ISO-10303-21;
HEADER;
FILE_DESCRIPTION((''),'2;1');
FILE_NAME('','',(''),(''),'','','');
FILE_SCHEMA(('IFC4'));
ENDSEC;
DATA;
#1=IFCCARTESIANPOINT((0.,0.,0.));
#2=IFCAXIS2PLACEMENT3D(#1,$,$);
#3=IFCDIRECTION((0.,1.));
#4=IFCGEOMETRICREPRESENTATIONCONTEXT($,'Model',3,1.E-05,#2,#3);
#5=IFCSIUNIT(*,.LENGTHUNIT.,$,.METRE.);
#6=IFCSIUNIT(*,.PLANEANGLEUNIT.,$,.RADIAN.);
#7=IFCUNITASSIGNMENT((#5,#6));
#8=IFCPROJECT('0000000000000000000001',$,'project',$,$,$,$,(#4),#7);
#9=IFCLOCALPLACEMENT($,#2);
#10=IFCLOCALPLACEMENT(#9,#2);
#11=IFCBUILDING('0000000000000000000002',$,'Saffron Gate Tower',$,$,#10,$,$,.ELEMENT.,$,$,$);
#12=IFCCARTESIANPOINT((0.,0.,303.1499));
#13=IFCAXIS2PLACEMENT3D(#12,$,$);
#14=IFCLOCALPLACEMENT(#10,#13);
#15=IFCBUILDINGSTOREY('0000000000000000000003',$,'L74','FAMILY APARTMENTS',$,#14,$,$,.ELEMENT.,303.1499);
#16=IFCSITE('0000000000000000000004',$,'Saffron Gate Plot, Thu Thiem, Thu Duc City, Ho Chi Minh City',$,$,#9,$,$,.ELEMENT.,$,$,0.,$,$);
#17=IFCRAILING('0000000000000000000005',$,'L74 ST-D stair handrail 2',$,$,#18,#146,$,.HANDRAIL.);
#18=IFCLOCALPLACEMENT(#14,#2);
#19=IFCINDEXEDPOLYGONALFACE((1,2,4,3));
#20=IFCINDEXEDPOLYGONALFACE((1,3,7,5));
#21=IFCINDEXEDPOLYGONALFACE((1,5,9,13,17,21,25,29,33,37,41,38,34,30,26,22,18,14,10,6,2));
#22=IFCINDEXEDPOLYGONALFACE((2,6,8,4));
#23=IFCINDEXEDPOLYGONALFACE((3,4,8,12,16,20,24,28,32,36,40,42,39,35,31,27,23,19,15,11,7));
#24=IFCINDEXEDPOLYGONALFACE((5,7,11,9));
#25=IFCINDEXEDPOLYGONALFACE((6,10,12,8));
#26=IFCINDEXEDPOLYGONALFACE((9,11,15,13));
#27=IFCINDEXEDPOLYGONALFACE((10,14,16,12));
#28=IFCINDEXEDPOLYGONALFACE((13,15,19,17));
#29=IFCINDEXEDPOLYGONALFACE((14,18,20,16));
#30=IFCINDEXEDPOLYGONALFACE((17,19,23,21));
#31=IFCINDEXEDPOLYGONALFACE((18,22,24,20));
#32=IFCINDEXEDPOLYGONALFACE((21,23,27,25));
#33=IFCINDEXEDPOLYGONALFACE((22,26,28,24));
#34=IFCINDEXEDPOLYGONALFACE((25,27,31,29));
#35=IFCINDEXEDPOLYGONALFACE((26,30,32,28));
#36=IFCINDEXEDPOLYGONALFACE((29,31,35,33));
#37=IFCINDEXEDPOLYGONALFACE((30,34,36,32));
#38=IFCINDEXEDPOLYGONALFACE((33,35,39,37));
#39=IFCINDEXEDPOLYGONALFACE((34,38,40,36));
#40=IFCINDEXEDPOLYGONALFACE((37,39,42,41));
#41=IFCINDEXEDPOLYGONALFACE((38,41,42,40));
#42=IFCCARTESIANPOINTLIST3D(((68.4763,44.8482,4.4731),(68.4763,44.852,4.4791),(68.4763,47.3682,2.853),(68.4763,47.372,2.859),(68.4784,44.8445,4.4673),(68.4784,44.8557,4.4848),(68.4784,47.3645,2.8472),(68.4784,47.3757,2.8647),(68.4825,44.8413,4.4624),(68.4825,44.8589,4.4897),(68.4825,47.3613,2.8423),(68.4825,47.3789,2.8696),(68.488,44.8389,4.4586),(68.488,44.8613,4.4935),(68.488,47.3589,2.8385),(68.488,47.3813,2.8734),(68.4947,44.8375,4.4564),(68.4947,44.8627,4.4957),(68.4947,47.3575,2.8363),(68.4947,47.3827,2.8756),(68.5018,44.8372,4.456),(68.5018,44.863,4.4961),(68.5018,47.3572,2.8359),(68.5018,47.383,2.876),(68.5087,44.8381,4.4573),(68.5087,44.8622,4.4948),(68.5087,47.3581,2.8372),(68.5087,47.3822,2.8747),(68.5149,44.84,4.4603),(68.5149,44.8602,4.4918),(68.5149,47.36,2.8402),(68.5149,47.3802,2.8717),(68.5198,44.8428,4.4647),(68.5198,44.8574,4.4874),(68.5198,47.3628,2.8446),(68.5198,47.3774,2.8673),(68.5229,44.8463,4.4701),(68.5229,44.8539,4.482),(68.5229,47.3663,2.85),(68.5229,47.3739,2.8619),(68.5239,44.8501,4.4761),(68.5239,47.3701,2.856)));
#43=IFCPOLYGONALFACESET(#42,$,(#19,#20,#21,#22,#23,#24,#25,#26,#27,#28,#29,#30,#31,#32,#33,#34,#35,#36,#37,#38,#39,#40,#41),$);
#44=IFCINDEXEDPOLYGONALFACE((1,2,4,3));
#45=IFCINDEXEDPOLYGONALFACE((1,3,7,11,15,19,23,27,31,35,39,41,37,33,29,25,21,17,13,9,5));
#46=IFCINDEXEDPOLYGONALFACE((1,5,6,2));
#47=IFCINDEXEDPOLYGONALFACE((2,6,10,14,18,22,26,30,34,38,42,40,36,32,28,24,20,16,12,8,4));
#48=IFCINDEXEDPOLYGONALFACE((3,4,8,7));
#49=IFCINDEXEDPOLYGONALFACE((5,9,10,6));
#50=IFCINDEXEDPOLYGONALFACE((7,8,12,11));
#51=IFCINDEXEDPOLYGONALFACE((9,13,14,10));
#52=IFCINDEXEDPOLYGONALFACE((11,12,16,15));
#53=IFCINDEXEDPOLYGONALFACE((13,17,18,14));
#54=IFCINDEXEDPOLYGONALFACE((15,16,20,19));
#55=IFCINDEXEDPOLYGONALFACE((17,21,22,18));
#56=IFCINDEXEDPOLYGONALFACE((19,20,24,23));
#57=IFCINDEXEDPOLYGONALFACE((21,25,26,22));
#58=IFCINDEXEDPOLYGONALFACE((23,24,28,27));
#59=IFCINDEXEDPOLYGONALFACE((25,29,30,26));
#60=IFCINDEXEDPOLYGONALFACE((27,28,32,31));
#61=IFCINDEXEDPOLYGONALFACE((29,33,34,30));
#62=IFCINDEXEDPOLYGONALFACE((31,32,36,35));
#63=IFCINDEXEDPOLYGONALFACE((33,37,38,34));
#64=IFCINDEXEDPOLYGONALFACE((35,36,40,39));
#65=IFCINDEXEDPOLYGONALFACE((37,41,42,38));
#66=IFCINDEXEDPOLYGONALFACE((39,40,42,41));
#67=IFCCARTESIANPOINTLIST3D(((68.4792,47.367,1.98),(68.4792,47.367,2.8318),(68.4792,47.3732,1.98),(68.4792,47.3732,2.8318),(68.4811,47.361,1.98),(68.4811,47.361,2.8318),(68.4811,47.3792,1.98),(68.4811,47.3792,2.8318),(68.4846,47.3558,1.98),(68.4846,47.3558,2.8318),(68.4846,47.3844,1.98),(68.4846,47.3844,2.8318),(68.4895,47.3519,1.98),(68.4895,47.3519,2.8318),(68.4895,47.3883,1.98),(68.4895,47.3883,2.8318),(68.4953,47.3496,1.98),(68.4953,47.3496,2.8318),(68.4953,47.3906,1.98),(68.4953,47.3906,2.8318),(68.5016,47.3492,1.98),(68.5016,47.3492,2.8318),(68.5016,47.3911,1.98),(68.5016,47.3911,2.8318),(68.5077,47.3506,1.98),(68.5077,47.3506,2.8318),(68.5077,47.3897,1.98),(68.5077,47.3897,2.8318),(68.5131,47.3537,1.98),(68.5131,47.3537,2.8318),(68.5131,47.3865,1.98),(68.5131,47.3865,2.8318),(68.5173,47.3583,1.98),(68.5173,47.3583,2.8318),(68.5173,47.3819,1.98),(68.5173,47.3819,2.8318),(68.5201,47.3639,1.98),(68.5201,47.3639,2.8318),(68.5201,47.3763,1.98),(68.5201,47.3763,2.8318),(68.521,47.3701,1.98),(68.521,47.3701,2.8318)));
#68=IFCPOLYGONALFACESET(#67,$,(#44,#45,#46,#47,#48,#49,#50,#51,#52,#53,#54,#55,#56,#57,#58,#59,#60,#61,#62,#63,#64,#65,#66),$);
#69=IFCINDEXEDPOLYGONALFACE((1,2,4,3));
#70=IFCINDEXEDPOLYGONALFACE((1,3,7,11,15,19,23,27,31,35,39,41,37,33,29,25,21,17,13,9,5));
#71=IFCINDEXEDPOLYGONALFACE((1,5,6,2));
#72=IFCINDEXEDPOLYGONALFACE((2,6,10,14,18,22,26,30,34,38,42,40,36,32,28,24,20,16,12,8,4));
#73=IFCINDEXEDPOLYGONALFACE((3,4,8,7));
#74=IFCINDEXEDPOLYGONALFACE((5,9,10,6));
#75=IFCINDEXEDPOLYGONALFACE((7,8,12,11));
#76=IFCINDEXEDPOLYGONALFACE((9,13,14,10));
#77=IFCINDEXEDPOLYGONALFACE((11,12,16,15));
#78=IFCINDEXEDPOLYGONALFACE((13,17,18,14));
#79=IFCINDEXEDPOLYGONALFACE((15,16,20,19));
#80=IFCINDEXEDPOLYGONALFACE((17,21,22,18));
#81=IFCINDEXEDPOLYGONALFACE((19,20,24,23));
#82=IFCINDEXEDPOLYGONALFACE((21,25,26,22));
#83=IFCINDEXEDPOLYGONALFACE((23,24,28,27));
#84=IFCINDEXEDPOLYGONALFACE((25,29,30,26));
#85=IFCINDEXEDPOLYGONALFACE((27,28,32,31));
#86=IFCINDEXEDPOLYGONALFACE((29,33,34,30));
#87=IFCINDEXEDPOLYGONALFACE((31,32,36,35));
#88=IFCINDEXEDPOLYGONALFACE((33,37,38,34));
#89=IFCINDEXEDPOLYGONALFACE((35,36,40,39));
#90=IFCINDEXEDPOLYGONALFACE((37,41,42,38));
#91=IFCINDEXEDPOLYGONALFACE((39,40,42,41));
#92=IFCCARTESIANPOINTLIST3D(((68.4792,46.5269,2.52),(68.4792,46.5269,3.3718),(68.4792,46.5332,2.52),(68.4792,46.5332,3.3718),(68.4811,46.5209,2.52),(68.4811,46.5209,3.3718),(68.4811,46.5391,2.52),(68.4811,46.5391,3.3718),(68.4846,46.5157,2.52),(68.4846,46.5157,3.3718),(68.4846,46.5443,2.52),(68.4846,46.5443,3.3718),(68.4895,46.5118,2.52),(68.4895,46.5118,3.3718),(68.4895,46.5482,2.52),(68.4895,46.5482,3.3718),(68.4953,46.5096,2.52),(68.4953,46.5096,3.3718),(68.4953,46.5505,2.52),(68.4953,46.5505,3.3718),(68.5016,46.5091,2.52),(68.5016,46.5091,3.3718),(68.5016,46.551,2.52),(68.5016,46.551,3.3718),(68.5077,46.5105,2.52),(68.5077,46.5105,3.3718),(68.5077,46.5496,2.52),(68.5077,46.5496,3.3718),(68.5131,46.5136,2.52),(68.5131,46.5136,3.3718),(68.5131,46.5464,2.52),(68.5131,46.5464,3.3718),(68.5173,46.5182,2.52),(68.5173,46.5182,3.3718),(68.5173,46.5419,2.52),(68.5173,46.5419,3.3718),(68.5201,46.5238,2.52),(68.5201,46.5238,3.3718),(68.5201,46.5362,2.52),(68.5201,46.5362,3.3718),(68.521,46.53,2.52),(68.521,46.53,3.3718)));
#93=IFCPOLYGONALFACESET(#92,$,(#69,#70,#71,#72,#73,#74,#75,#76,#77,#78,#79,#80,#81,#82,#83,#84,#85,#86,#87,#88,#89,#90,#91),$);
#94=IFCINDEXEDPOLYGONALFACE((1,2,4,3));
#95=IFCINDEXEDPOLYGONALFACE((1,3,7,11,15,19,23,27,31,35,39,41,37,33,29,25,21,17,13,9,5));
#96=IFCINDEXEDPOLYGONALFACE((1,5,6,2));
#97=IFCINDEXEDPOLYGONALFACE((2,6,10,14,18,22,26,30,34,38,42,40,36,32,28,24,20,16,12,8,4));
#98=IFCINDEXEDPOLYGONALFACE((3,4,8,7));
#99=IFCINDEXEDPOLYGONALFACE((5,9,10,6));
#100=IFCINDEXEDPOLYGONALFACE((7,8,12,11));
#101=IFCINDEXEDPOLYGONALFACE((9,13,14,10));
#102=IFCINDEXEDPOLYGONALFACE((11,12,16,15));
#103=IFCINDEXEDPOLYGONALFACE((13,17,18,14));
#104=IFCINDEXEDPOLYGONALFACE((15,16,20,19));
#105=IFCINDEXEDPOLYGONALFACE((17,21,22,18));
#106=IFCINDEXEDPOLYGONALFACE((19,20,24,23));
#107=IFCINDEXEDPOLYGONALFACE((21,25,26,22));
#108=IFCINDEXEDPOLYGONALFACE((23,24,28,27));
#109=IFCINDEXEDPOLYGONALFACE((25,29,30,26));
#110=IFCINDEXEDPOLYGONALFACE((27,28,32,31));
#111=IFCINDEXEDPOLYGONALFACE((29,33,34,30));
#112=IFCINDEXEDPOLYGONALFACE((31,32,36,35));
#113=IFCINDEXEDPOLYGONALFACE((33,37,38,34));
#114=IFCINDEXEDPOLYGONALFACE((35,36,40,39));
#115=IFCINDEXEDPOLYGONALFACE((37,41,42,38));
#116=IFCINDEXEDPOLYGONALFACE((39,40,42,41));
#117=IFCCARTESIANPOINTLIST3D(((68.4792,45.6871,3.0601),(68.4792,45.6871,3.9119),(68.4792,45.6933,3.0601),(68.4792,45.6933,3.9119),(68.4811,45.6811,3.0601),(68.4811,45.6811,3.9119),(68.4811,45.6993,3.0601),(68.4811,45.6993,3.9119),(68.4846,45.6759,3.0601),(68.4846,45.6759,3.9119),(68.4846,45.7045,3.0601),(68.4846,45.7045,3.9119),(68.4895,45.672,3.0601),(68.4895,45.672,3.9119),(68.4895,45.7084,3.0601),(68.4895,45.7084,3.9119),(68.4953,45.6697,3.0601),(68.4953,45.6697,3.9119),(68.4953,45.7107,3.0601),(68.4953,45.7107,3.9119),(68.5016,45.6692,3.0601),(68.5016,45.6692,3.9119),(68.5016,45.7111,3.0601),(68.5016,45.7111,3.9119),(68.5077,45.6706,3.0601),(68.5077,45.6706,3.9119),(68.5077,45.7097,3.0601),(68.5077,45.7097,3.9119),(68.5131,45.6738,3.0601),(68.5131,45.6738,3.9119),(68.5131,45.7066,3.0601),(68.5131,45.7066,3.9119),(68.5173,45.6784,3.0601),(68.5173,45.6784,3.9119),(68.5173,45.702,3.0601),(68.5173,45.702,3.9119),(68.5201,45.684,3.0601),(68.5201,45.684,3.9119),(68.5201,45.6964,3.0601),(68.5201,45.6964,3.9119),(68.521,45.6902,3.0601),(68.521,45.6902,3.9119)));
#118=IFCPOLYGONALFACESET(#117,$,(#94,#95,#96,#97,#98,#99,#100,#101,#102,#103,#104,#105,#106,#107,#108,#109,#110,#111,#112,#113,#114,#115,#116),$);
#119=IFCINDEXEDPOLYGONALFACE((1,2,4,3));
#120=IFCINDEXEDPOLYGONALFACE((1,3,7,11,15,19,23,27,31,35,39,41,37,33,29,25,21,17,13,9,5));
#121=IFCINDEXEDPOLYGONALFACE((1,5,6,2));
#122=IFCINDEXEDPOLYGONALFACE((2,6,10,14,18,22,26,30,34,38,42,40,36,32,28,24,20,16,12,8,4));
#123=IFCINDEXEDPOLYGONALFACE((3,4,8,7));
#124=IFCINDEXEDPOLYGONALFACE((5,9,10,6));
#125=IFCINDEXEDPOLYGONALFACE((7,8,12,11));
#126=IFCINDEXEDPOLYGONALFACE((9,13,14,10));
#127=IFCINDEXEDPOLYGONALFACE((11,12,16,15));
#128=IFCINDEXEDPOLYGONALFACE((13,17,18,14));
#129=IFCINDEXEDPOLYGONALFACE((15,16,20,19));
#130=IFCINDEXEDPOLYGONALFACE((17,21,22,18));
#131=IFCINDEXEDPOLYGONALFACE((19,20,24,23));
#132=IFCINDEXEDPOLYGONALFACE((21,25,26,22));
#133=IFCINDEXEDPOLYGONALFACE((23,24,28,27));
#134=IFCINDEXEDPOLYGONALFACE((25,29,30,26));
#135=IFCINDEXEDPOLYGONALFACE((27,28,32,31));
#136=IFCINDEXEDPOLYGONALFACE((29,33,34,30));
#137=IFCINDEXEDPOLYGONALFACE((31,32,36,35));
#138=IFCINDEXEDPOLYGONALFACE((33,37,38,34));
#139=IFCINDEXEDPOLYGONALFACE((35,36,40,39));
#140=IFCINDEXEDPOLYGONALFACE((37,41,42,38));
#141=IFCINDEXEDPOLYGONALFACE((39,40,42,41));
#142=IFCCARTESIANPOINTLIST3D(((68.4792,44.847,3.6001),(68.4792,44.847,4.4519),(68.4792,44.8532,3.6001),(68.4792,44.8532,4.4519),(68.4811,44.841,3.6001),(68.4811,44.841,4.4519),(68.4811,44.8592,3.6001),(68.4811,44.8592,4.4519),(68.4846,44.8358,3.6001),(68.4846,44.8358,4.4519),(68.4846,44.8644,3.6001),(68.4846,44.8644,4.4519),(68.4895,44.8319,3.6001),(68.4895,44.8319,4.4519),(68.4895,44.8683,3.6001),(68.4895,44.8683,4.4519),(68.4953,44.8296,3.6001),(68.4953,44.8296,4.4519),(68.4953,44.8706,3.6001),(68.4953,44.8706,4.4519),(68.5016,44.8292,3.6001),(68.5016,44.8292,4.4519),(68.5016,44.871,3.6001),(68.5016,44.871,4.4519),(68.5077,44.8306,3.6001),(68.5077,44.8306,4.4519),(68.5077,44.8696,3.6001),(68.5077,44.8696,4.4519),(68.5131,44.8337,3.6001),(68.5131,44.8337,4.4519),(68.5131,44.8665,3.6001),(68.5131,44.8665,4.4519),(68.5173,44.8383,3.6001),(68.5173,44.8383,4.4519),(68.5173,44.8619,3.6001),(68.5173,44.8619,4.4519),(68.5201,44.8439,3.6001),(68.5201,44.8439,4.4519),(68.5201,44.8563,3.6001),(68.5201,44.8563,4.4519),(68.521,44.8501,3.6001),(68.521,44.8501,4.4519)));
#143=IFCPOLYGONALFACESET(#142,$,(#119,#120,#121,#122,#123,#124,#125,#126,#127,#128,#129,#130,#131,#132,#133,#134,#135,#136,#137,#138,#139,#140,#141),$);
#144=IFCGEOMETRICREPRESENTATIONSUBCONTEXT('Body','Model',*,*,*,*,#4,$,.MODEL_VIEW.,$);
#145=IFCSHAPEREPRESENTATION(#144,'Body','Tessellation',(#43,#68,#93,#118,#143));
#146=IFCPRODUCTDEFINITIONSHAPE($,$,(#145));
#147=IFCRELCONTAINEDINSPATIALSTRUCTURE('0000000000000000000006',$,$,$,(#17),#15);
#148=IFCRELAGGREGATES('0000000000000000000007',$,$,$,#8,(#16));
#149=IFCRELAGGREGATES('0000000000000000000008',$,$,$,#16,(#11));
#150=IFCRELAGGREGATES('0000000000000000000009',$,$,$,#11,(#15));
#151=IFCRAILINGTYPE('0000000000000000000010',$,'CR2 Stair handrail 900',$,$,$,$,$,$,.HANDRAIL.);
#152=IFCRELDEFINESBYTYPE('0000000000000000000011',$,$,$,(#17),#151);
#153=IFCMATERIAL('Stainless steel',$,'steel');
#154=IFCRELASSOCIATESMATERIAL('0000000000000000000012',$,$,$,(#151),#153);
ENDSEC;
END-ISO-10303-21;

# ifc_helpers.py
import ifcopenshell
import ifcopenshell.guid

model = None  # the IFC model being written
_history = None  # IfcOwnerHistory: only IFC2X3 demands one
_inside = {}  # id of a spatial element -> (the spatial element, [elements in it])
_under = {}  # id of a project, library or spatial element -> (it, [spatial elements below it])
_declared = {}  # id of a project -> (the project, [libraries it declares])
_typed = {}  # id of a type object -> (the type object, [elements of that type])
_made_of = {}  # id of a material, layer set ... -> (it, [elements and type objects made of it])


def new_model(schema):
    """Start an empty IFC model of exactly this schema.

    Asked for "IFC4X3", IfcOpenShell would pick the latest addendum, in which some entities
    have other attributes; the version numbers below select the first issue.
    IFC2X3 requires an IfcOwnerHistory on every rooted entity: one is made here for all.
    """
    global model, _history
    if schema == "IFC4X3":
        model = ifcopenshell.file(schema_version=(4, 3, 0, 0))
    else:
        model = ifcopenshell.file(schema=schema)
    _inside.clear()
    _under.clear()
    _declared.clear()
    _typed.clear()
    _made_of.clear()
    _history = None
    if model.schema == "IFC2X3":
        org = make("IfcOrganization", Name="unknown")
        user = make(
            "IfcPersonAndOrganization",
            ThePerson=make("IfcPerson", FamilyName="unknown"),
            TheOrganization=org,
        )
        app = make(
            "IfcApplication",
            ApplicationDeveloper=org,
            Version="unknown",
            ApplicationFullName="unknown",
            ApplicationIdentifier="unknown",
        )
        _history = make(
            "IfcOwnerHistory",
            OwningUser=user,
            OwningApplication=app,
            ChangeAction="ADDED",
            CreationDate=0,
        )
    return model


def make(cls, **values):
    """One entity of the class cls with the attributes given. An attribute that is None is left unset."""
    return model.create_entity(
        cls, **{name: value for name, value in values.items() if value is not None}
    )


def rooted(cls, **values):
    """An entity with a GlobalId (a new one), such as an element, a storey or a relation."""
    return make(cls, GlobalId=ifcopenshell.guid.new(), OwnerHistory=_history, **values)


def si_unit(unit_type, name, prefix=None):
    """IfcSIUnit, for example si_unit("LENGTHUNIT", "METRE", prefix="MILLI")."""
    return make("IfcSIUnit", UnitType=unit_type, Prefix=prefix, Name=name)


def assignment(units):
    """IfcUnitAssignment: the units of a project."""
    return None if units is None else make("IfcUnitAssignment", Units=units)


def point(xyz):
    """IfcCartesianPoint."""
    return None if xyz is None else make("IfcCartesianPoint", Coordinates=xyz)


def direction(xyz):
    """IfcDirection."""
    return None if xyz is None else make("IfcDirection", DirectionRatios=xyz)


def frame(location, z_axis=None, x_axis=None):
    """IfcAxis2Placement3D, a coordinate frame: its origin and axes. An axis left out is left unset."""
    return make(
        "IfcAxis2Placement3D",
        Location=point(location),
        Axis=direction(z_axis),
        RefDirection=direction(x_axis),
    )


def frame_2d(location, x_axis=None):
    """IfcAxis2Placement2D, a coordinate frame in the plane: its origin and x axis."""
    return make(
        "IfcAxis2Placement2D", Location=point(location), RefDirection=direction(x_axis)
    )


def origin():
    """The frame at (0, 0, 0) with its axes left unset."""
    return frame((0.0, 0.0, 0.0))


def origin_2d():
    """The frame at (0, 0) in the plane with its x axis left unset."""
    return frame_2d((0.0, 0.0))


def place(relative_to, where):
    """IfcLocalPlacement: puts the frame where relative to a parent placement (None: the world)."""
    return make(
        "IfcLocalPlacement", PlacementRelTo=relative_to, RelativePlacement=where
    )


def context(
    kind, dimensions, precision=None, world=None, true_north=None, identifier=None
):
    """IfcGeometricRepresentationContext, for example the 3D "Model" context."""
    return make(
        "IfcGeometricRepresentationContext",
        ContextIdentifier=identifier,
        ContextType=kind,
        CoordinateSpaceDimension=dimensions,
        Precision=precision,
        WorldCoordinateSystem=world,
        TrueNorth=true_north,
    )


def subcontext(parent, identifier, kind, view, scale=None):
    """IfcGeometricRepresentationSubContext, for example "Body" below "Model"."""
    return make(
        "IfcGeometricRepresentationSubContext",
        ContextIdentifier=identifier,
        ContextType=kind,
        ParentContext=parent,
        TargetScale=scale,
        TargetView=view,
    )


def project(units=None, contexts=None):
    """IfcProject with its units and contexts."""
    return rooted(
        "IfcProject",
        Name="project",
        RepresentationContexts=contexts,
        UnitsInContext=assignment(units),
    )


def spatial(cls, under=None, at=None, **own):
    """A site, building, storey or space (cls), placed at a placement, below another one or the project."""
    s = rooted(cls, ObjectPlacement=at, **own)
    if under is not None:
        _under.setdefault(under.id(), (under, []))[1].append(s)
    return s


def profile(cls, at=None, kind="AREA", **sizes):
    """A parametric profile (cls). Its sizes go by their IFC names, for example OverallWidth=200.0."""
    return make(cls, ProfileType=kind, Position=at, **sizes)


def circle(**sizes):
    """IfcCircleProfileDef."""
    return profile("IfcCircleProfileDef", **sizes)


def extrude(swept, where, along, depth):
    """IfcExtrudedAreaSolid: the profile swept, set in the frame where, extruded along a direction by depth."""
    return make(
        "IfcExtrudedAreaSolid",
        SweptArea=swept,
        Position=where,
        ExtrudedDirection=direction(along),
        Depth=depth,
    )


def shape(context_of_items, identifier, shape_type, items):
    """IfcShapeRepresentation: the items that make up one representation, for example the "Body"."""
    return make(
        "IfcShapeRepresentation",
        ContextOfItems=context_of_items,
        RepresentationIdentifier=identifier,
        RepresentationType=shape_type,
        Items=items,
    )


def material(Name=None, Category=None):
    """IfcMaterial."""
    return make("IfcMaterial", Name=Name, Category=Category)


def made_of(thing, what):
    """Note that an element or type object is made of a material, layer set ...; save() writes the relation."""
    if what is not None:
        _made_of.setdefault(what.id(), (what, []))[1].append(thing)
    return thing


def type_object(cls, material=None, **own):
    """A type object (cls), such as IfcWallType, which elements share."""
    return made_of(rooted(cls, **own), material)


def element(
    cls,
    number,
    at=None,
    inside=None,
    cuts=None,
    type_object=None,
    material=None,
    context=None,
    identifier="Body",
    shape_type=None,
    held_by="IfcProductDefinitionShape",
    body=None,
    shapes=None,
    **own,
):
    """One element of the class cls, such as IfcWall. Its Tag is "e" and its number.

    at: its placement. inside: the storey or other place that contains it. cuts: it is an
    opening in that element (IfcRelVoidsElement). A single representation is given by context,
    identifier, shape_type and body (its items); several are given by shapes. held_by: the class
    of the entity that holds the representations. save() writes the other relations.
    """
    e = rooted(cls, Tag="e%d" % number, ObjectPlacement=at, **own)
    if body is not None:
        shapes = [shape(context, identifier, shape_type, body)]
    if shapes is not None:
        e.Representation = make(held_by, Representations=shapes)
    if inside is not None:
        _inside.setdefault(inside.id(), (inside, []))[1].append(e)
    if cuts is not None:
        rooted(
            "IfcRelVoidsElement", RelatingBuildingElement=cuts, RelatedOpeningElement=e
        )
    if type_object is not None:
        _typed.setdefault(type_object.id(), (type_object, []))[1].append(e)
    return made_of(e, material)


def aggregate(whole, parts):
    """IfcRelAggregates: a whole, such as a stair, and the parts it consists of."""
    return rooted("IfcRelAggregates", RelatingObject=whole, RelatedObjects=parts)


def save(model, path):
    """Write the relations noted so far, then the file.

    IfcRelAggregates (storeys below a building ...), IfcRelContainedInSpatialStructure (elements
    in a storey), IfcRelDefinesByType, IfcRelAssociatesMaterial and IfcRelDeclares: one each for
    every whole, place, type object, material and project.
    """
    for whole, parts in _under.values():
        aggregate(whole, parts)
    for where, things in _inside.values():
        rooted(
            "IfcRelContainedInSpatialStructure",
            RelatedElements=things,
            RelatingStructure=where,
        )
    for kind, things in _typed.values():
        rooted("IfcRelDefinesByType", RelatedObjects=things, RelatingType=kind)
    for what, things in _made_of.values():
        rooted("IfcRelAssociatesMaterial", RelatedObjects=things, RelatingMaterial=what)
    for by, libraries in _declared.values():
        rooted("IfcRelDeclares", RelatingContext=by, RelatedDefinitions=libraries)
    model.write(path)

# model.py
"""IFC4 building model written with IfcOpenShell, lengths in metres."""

from ifc_helpers import new_model, si_unit, direction, frame, origin, origin_2d, place, context, subcontext, project, spatial, circle, extrude, material, type_object, element, save


model = new_model("IFC4")

# Units and contexts
model_context = context("Model", 3, precision=1e-05, world=origin(), true_north=direction((0.0, 1.0)))
body_context = subcontext(model_context, "Body", "Model", "MODEL_VIEW")
ifc_project = project(units=[si_unit("LENGTHUNIT", "METRE"), si_unit("PLANEANGLEUNIT", "RADIAN")], contexts=[model_context])

# Site, building, storey
site_placement = place(None, origin())
site = spatial("IfcSite", under=ifc_project, at=site_placement, Name="Saffron Gate Plot, Thu Thiem, Thu Duc City, Ho Chi Minh City", CompositionType="ELEMENT", RefElevation=0.0)
building_placement = place(site_placement, origin())
building = spatial("IfcBuilding", under=site, at=building_placement, Name="Saffron Gate Tower", CompositionType="ELEMENT")
storey_placement = place(building_placement, frame((0.0, 0.0, 303.1499)))
storey = spatial("IfcBuildingStorey", under=building, at=storey_placement, Name="L74", Description="FAMILY APARTMENTS", CompositionType="ELEMENT", Elevation=303.1499)

# Railing
ifc_material_1 = material(Name="Stainless steel", Category="steel")
railing_type_1 = type_object("IfcRailingType", Name="CR2 Stair handrail 900", PredefinedType="HANDRAIL", material=ifc_material_1)
railing_1_placement = place(storey_placement, frame((68.5, 47.3701, 1.98)))
element("IfcRailing", 1, at=railing_1_placement, inside=storey, type_object=railing_type_1, Name="L74 ST-D stair handrail 2", PredefinedType="HANDRAIL", context=body_context, shape_type="SweptSolid", body=[
    extrude(circle(Radius=0.0239, at=origin_2d()), frame((0.0, 0.0, 0.876), z_axis=(0.0, -0.841163, 0.540782), x_axis=(1.0, 0.0, 0.0)), (0.0, 0.0, 1.0), 2.9958),
    extrude(circle(Radius=0.021, at=origin_2d()), origin(), (0.0, 0.0, 1.0), 0.8518),
    extrude(circle(Radius=0.021, at=origin_2d()), frame((0.0, -0.8401, 0.54)), (0.0, 0.0, 1.0), 0.8518),
    extrude(circle(Radius=0.021, at=origin_2d()), frame((0.0, -1.6799, 1.0801)), (0.0, 0.0, 1.0), 0.8518),
    extrude(circle(Radius=0.021, at=origin_2d()), frame((0.0, -2.52, 1.6201)), (0.0, 0.0, 1.0), 0.8518),
])

save(model, "model.ifc")
